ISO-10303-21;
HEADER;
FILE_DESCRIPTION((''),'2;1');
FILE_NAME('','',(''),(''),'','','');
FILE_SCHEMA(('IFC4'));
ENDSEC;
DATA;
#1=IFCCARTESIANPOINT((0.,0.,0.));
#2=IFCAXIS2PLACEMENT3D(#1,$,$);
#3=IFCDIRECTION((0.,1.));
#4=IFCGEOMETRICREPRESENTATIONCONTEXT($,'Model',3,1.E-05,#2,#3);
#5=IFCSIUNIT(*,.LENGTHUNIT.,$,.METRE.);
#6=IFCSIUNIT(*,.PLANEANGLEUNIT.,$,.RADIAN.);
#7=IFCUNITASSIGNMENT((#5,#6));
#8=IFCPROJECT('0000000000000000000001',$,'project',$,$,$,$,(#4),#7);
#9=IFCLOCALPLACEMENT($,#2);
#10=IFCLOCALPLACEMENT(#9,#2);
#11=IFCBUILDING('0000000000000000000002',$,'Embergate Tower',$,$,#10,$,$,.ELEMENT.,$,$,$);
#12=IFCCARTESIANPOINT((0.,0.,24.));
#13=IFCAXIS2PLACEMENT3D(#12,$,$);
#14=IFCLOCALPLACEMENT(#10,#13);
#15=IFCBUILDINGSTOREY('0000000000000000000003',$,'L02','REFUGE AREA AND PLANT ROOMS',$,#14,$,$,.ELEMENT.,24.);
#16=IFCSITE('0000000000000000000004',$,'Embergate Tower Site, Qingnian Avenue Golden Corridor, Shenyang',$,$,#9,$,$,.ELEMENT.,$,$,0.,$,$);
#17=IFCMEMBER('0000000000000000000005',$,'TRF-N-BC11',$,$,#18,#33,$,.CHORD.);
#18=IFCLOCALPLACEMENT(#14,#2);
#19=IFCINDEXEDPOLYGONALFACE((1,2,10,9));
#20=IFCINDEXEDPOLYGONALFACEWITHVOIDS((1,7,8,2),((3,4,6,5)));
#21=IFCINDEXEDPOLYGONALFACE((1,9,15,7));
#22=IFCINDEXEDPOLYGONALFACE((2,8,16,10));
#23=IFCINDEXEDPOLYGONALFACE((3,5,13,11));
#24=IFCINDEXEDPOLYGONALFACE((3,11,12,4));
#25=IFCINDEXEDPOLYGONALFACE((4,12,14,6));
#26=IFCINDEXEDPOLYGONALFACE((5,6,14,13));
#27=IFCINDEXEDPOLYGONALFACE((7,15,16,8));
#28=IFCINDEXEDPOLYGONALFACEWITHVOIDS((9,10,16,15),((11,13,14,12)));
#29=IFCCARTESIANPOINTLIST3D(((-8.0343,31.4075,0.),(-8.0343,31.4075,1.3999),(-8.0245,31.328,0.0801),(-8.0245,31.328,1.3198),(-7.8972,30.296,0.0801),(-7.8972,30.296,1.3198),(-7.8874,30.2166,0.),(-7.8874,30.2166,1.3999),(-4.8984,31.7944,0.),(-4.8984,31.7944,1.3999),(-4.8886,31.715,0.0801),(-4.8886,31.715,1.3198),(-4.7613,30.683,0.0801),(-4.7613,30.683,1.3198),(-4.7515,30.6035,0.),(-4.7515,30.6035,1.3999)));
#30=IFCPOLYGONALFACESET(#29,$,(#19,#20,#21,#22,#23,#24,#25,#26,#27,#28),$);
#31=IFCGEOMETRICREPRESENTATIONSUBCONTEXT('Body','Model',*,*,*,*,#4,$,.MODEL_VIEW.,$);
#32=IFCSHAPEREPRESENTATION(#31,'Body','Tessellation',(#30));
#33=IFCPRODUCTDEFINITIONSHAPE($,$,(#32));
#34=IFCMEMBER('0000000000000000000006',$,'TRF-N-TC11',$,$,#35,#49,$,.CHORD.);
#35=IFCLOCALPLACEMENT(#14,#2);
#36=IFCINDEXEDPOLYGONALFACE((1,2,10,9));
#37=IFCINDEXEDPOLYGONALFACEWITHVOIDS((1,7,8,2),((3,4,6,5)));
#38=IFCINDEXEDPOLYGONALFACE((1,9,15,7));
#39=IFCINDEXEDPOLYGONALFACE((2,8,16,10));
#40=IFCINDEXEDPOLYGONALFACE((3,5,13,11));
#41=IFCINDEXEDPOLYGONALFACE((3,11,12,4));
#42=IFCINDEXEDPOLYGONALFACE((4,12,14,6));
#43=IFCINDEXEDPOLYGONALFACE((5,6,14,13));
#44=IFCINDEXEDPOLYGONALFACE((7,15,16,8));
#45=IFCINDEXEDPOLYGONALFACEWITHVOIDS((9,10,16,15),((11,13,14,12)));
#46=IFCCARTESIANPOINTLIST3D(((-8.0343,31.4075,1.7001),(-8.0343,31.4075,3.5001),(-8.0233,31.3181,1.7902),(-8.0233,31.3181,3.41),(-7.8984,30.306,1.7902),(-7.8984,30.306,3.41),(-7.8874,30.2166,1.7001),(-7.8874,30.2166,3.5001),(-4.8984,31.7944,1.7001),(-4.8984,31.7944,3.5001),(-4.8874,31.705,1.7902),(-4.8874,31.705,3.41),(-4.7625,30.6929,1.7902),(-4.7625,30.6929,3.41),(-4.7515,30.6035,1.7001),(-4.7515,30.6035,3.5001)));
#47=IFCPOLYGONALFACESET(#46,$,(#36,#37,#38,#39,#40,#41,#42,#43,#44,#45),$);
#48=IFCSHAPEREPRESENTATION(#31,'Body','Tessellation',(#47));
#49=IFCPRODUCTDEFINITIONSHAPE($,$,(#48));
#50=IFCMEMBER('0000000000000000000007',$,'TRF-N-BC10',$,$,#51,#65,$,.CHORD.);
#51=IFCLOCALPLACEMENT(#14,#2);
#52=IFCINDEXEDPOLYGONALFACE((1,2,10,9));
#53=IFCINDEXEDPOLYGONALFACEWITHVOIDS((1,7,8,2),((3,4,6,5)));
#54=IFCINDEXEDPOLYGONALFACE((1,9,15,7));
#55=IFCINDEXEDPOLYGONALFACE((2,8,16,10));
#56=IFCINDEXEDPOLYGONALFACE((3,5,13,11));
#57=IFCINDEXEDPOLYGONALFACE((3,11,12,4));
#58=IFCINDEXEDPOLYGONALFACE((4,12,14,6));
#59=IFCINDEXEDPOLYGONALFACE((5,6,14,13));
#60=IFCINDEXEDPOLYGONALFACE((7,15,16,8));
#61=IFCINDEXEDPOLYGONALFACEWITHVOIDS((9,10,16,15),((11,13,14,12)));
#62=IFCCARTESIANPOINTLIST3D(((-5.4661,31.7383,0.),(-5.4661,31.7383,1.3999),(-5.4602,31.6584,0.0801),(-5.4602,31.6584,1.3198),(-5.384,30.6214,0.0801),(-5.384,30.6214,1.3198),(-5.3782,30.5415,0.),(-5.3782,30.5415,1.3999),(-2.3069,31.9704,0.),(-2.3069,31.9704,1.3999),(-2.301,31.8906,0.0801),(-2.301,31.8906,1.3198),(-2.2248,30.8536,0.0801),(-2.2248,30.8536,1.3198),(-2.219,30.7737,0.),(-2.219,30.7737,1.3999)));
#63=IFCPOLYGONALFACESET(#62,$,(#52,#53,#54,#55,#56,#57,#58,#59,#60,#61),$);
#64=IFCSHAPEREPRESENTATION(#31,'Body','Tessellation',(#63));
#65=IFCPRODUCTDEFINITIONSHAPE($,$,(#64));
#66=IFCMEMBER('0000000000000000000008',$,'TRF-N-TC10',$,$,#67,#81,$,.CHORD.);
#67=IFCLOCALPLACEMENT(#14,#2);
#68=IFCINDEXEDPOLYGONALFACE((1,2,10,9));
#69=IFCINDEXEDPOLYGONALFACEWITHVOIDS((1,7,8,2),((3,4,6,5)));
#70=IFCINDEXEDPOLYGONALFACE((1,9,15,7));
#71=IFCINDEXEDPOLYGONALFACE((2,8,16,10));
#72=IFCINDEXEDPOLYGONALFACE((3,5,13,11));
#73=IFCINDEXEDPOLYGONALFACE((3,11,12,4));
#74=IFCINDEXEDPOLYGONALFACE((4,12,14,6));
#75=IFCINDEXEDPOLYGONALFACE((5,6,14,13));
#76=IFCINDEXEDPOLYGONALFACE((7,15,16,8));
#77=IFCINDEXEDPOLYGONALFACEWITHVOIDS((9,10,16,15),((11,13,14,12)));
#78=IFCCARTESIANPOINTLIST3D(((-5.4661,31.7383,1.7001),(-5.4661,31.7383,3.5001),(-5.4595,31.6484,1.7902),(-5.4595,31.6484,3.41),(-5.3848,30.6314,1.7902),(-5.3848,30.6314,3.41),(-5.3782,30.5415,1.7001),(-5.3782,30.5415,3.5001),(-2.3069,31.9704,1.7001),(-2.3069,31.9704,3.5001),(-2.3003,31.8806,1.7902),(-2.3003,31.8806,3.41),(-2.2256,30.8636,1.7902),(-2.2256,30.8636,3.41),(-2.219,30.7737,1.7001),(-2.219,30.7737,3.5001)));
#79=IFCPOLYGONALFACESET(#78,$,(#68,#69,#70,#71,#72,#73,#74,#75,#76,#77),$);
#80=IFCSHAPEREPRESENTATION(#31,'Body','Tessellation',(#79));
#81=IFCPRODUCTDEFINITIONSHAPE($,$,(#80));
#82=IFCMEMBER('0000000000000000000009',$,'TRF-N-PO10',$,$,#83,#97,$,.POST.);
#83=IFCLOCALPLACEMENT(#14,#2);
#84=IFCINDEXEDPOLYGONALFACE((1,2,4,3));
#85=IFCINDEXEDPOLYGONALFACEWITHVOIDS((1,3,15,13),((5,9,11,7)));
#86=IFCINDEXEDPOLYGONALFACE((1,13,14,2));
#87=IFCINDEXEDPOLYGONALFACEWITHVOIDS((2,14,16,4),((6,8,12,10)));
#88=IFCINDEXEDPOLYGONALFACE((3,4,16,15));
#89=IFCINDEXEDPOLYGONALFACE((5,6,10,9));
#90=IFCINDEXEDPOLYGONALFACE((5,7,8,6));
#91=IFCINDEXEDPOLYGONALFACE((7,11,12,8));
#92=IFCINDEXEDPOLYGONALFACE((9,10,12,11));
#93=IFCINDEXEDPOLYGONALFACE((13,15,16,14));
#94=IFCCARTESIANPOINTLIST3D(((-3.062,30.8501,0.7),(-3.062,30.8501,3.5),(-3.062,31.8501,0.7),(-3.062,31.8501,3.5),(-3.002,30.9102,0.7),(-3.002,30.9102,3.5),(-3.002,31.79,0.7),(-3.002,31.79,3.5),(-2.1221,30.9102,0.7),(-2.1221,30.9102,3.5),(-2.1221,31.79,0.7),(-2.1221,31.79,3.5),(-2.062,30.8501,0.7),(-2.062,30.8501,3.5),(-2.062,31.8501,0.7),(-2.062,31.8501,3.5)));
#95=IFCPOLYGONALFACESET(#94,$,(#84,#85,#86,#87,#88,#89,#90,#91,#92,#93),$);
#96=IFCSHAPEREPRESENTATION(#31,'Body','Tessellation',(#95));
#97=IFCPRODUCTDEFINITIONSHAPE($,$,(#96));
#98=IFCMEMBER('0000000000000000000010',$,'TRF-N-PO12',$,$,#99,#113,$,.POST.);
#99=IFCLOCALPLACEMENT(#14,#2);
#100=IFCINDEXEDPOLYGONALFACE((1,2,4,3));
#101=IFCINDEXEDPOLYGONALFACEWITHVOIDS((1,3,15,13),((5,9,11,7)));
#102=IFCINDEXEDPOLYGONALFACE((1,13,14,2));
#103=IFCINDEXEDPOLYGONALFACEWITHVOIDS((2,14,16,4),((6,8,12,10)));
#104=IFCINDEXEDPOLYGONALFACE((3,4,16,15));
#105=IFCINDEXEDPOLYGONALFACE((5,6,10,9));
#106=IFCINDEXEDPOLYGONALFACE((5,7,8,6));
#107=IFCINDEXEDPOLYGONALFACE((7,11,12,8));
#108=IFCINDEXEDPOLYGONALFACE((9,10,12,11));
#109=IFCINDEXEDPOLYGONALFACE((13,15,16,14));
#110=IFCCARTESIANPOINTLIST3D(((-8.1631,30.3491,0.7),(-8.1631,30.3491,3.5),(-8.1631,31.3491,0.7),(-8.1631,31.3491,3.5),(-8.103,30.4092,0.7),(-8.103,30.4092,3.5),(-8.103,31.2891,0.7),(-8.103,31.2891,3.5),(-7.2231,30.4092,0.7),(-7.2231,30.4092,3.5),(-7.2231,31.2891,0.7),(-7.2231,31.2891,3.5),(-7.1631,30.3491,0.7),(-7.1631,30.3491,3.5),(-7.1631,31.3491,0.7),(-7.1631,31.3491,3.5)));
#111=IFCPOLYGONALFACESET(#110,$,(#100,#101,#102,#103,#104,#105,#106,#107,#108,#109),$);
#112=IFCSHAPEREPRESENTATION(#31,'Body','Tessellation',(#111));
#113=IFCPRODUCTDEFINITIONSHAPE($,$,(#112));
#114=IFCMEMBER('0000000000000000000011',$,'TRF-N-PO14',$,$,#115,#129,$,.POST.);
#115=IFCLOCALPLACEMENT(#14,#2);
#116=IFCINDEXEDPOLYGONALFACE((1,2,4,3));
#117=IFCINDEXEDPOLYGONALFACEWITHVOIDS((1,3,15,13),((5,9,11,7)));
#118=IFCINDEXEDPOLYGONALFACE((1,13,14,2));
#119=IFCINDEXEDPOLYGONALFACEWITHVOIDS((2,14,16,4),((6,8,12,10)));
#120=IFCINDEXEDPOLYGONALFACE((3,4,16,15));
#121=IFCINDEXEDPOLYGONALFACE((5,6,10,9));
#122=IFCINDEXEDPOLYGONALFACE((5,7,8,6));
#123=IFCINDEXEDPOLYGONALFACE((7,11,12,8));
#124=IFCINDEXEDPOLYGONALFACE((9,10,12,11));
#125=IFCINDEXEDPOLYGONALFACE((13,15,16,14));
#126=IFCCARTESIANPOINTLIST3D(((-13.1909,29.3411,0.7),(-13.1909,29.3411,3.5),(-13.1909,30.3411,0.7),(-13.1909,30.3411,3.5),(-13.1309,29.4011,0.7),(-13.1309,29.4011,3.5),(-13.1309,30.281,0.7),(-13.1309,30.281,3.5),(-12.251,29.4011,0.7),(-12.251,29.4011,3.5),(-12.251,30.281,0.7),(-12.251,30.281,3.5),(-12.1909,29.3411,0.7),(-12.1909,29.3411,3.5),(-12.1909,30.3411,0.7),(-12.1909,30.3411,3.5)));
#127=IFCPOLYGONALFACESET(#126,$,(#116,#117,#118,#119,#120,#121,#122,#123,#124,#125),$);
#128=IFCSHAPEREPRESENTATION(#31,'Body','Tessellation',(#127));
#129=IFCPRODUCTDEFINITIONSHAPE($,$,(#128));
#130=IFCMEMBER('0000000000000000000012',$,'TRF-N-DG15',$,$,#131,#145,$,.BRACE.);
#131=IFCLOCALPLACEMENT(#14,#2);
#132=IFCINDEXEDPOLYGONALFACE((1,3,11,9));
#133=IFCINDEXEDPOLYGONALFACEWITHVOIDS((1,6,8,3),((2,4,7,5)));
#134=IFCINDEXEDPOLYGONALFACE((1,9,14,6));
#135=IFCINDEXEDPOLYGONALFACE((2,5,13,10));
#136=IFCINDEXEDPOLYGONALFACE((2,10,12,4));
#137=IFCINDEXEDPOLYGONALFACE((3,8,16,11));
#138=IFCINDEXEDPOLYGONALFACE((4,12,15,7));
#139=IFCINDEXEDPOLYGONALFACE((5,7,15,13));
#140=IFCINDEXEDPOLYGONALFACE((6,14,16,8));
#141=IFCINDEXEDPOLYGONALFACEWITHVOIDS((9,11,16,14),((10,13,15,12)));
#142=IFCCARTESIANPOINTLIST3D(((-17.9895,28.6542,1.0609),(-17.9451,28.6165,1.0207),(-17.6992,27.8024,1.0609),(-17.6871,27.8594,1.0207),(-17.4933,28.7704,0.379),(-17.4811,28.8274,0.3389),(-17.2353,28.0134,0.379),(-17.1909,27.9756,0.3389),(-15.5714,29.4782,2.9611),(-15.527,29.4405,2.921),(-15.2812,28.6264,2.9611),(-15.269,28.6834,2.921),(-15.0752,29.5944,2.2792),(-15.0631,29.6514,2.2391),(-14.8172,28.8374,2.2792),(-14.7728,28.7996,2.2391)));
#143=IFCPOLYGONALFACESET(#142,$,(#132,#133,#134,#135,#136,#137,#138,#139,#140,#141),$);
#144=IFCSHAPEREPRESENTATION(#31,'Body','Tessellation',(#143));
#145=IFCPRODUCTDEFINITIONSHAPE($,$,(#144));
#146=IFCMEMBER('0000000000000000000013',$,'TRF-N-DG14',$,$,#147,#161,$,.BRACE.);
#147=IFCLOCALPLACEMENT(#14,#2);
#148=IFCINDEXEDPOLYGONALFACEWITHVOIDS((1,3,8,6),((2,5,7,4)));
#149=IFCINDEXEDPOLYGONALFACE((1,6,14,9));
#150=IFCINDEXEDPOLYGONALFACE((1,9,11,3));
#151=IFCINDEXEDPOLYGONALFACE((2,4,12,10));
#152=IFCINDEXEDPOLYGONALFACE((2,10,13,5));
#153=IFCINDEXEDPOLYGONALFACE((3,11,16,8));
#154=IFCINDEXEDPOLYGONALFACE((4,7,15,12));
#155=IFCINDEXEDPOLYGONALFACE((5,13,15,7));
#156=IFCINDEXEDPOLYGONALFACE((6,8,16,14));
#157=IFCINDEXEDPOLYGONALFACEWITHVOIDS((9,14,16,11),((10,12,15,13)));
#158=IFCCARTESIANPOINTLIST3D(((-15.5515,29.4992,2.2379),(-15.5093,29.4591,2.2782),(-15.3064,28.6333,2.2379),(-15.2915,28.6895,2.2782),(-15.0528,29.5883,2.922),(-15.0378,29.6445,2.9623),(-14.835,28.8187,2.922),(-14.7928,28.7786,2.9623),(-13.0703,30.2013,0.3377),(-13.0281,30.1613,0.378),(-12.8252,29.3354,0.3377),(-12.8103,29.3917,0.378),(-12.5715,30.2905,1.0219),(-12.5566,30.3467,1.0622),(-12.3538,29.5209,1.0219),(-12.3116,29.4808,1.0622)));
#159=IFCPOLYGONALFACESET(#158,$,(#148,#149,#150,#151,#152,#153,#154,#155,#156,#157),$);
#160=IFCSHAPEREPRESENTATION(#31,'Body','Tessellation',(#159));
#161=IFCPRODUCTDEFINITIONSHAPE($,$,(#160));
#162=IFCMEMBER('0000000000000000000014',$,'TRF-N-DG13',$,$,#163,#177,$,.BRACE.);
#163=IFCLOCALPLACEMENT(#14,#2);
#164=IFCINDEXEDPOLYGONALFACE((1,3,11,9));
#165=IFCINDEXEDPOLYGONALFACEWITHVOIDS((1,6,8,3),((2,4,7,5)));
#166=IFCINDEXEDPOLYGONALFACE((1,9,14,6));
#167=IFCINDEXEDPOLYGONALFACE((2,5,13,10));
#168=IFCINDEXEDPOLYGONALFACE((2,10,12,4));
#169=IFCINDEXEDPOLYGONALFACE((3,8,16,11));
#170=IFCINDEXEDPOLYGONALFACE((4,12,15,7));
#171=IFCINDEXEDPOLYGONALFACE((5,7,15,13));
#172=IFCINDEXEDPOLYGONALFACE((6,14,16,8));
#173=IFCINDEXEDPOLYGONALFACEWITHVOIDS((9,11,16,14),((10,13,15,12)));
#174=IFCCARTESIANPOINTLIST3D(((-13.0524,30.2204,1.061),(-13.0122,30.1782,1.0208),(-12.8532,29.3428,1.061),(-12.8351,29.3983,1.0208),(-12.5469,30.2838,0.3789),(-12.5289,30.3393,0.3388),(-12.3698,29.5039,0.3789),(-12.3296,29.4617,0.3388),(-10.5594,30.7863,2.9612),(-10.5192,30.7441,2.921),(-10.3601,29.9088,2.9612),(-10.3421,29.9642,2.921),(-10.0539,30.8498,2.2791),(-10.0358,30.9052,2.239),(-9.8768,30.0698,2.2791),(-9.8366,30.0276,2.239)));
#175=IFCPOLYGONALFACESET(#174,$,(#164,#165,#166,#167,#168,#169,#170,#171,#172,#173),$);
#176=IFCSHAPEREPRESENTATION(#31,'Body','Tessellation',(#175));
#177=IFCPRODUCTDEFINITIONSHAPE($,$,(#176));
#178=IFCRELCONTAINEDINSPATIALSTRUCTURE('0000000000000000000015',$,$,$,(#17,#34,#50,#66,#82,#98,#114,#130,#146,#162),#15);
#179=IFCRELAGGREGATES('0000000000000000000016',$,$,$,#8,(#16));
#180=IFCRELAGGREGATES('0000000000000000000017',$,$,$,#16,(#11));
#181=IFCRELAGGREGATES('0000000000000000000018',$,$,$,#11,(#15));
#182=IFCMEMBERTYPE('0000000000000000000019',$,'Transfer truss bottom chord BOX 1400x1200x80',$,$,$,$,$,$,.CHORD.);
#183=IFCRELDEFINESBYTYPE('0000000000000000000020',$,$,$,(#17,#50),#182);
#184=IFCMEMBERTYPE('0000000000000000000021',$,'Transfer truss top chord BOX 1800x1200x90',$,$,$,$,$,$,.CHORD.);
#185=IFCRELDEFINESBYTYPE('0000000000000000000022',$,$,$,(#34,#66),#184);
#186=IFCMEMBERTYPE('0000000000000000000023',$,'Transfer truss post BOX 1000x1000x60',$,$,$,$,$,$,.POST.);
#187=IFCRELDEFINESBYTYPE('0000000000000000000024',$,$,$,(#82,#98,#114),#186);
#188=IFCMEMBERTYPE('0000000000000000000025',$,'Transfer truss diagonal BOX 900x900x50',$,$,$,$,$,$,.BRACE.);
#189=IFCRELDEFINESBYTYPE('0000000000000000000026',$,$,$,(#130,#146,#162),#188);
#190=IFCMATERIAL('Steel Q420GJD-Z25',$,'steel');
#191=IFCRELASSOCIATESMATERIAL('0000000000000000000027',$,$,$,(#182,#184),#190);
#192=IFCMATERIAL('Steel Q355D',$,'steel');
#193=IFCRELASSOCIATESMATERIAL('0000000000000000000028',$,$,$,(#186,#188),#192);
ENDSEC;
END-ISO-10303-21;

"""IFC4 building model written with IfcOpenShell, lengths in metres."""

from ifc_helpers import new_model, si_unit, direction, frame, origin, origin_2d, place, context, subcontext, project, spatial, hollow_rectangle, extrude, source, transform, mapped, material, material_profile, profile_set, type_object, element, save


model = new_model("IFC4")

# Units and contexts
model_context = context("Model", 3, precision=1e-05, world=origin(), true_north=direction((0.0, 1.0)))
body_context = subcontext(model_context, "Body", "Model", "MODEL_VIEW")
ifc_project = project(units=[si_unit("LENGTHUNIT", "METRE"), si_unit("PLANEANGLEUNIT", "RADIAN")], contexts=[model_context])

# Site, building, storey
site_placement = place(None, origin())
site = spatial("IfcSite", under=ifc_project, at=site_placement, Name="Embergate Tower Site, Qingnian Avenue Golden Corridor, Shenyang", CompositionType="ELEMENT", RefElevation=0.0)
building_placement = place(site_placement, origin())
building = spatial("IfcBuilding", under=site, at=building_placement, Name="Embergate Tower", CompositionType="ELEMENT")
storey_placement = place(building_placement, frame((0.0, 0.0, 24.0)))
storey = spatial("IfcBuildingStorey", under=building, at=storey_placement, Name="L02", Description="REFUGE AREA AND PLANT ROOMS", CompositionType="ELEMENT", Elevation=24.0)

# Members
ifc_material_1 = material(Name="Steel Q420GJD-Z25", Category="steel")
ifc_material_profile_1 = material_profile(ifc_material_1, hollow_rectangle(XDim=1.2, YDim=1.3999, WallThickness=0.0801, at=origin_2d()), Name="BOX 1400x1200x80")
ifc_profile_set_1 = profile_set([ifc_material_profile_1], Name="Steel Q420 grade GJD-Z25")
member_type_1 = type_object("IfcMemberType", Name="Transfer truss bottom chord BOX 1400x1200x80", PredefinedType="CHORD", material=ifc_profile_set_1)
ifc_material_profile_2 = material_profile(ifc_material_1, hollow_rectangle(XDim=1.2, YDim=1.8, WallThickness=0.0901, at=origin_2d()), Name="BOX 1800x1200x90")
ifc_profile_set_2 = profile_set([ifc_material_profile_2], Name="Steel Q420 grade GJD-Z25")
member_type_2 = type_object("IfcMemberType", Name="Transfer truss top chord BOX 1800x1200x90", PredefinedType="CHORD", material=ifc_profile_set_2)
shared_shape_1 = source(origin(), body_context, "Body", "SweptSolid", [
    extrude(hollow_rectangle(XDim=1.2, YDim=1.3999, WallThickness=0.0801, at=origin_2d()), origin(), (0.0, 0.0, 1.0), 3.1597),
])
member_1_placement = place(storey_placement, frame((-4.825, 31.199, 0.7), z_axis=(-0.992473, -0.122465, 0.0), x_axis=(0.122465, -0.992473, 0.0)))
element("IfcMember", 1, at=member_1_placement, inside=storey, type_object=member_type_1, Name="TRF-N-BC11", PredefinedType="CHORD", context=body_context, shape_type="MappedRepresentation", body=[
    mapped(shared_shape_1, transform((0.0, 0.0, 0.0))),
])
shared_shape_2 = source(origin(), body_context, "Body", "SweptSolid", [
    extrude(hollow_rectangle(XDim=1.2, YDim=1.8, WallThickness=0.0901, at=origin_2d()), origin(), (0.0, 0.0, 1.0), 3.1597),
])
member_2_placement = place(storey_placement, frame((-4.825, 31.199, 2.6001), z_axis=(-0.992473, -0.122465, 0.0), x_axis=(0.122465, -0.992473, 0.0)))
element("IfcMember", 2, at=member_2_placement, inside=storey, type_object=member_type_2, Name="TRF-N-TC11", PredefinedType="CHORD", context=body_context, shape_type="MappedRepresentation", body=[
    mapped(shared_shape_2, transform((0.0, 0.0, 0.0))),
])
shared_shape_3 = source(origin(), body_context, "Body", "SweptSolid", [
    extrude(hollow_rectangle(XDim=1.2, YDim=1.3999, WallThickness=0.0801, at=origin_2d()), origin(), (0.0, 0.0, 1.0), 3.1677),
])
member_3_placement = place(storey_placement, frame((-2.2629, 31.3721, 0.7), z_axis=(-0.99731, -0.073295, 0.0), x_axis=(0.073295, -0.99731, 0.0)))
element("IfcMember", 3, at=member_3_placement, inside=storey, type_object=member_type_1, Name="TRF-N-BC10", PredefinedType="CHORD", context=body_context, shape_type="MappedRepresentation", body=[
    mapped(shared_shape_3, transform((0.0, 0.0, 0.0))),
])
shared_shape_4 = source(origin(), body_context, "Body", "SweptSolid", [
    extrude(hollow_rectangle(XDim=1.2, YDim=1.8, WallThickness=0.0901, at=origin_2d()), origin(), (0.0, 0.0, 1.0), 3.1677),
])
member_4_placement = place(storey_placement, frame((-2.2629, 31.3721, 2.6001), z_axis=(-0.99731, -0.073295, 0.0), x_axis=(0.073295, -0.99731, 0.0)))
element("IfcMember", 4, at=member_4_placement, inside=storey, type_object=member_type_2, Name="TRF-N-TC10", PredefinedType="CHORD", context=body_context, shape_type="MappedRepresentation", body=[
    mapped(shared_shape_4, transform((0.0, 0.0, 0.0))),
])
ifc_material_2 = material(Name="Steel Q355D", Category="steel")
ifc_material_profile_3 = material_profile(ifc_material_2, hollow_rectangle(XDim=1.0, YDim=1.0, WallThickness=0.0601, at=origin_2d()), Name="BOX 1000x1000x60")
ifc_profile_set_3 = profile_set([ifc_material_profile_3], Name="Steel Q355 grade D")
member_type_3 = type_object("IfcMemberType", Name="Transfer truss post BOX 1000x1000x60", PredefinedType="POST", material=ifc_profile_set_3)
shared_shape_5 = source(origin(), body_context, "Body", "SweptSolid", [
    extrude(hollow_rectangle(XDim=1.0, YDim=1.0, WallThickness=0.0601, at=origin_2d()), origin(), (0.0, 0.0, 1.0), 2.8),
])
for number, where, z_axis, x_axis, name in (
    (5, (-2.562, 31.3501, 0.7), (0.0, 0.0, 1.0), (1.0, 0.0, 0.0), "TRF-N-PO10"),
    (6, (-7.6631, 30.8491, 0.7), (0.0, 0.0, 1.0), (1.0, 0.0, 0.0), "TRF-N-PO12"),
    (7, (-12.6909, 29.8411, 0.7), (0.0, 0.0, 1.0), (1.0, 0.0, 0.0), "TRF-N-PO14"),
):
    element("IfcMember", number, at=place(storey_placement, frame(where, z_axis=z_axis, x_axis=x_axis)), inside=storey, type_object=member_type_3, Name=name, PredefinedType="POST", context=body_context, shape_type="MappedRepresentation", body=[
        mapped(shared_shape_5, transform((0.0, 0.0, 0.0))),
    ])
ifc_material_profile_4 = material_profile(ifc_material_2, hollow_rectangle(XDim=0.8999, YDim=0.8999, WallThickness=0.05, at=origin_2d()), Name="BOX 900x900x50")
ifc_profile_set_4 = profile_set([ifc_material_profile_4], Name="Steel Q355 grade D")
member_type_4 = type_object("IfcMemberType", Name="Transfer truss diagonal BOX 900x900x50", PredefinedType="BRACE", material=ifc_profile_set_4)
shared_shape_6 = source(origin(), body_context, "Body", "SweptSolid", [
    extrude(hollow_rectangle(XDim=0.8999, YDim=0.8999, WallThickness=0.05, at=origin_2d()), origin(), (0.0, 0.0, 1.0), 3.1838),
])
member_5_placement = place(storey_placement, frame((-15.1721, 29.1389, 2.6001), z_axis=(-0.759479, -0.258809, -0.596832), x_axis=(0.322557, -0.94655, 0.0)))
element("IfcMember", 8, at=member_5_placement, inside=storey, type_object=member_type_4, Name="TRF-N-DG15", PredefinedType="BRACE", context=body_context, shape_type="MappedRepresentation", body=[
    mapped(shared_shape_6, transform((0.0, 0.0, 0.0))),
])
shared_shape_7 = source(origin(), body_context, "Body", "SweptSolid", [
    extrude(hollow_rectangle(XDim=0.8999, YDim=0.8999, WallThickness=0.05, at=origin_2d()), origin(), (0.0, 0.0, 1.0), 3.2031),
])
member_6_placement = place(storey_placement, frame((-12.6909, 29.8411, 0.7), z_axis=(-0.774622, -0.219208, 0.593219), x_axis=(0.272294, -0.962214, 0.0)))
element("IfcMember", 9, at=member_6_placement, inside=storey, type_object=member_type_4, Name="TRF-N-DG14", PredefinedType="BRACE", context=body_context, shape_type="MappedRepresentation", body=[
    mapped(shared_shape_7, transform((0.0, 0.0, 0.0))),
])
shared_shape_8 = source(origin(), body_context, "Body", "SweptSolid", [
    extrude(hollow_rectangle(XDim=0.8999, YDim=0.8999, WallThickness=0.05, at=origin_2d()), origin(), (0.0, 0.0, 1.0), 3.1853),
])
member_7_placement = place(storey_placement, frame((-10.198, 30.407, 2.6001), z_axis=(-0.782658, -0.177671, -0.596556), x_axis=(0.221378, -0.975188, 0.0)))
element("IfcMember", 10, at=member_7_placement, inside=storey, type_object=member_type_4, Name="TRF-N-DG13", PredefinedType="BRACE", context=body_context, shape_type="MappedRepresentation", body=[
    mapped(shared_shape_8, transform((0.0, 0.0, 0.0))),
])

save(model, "model.ifc")
